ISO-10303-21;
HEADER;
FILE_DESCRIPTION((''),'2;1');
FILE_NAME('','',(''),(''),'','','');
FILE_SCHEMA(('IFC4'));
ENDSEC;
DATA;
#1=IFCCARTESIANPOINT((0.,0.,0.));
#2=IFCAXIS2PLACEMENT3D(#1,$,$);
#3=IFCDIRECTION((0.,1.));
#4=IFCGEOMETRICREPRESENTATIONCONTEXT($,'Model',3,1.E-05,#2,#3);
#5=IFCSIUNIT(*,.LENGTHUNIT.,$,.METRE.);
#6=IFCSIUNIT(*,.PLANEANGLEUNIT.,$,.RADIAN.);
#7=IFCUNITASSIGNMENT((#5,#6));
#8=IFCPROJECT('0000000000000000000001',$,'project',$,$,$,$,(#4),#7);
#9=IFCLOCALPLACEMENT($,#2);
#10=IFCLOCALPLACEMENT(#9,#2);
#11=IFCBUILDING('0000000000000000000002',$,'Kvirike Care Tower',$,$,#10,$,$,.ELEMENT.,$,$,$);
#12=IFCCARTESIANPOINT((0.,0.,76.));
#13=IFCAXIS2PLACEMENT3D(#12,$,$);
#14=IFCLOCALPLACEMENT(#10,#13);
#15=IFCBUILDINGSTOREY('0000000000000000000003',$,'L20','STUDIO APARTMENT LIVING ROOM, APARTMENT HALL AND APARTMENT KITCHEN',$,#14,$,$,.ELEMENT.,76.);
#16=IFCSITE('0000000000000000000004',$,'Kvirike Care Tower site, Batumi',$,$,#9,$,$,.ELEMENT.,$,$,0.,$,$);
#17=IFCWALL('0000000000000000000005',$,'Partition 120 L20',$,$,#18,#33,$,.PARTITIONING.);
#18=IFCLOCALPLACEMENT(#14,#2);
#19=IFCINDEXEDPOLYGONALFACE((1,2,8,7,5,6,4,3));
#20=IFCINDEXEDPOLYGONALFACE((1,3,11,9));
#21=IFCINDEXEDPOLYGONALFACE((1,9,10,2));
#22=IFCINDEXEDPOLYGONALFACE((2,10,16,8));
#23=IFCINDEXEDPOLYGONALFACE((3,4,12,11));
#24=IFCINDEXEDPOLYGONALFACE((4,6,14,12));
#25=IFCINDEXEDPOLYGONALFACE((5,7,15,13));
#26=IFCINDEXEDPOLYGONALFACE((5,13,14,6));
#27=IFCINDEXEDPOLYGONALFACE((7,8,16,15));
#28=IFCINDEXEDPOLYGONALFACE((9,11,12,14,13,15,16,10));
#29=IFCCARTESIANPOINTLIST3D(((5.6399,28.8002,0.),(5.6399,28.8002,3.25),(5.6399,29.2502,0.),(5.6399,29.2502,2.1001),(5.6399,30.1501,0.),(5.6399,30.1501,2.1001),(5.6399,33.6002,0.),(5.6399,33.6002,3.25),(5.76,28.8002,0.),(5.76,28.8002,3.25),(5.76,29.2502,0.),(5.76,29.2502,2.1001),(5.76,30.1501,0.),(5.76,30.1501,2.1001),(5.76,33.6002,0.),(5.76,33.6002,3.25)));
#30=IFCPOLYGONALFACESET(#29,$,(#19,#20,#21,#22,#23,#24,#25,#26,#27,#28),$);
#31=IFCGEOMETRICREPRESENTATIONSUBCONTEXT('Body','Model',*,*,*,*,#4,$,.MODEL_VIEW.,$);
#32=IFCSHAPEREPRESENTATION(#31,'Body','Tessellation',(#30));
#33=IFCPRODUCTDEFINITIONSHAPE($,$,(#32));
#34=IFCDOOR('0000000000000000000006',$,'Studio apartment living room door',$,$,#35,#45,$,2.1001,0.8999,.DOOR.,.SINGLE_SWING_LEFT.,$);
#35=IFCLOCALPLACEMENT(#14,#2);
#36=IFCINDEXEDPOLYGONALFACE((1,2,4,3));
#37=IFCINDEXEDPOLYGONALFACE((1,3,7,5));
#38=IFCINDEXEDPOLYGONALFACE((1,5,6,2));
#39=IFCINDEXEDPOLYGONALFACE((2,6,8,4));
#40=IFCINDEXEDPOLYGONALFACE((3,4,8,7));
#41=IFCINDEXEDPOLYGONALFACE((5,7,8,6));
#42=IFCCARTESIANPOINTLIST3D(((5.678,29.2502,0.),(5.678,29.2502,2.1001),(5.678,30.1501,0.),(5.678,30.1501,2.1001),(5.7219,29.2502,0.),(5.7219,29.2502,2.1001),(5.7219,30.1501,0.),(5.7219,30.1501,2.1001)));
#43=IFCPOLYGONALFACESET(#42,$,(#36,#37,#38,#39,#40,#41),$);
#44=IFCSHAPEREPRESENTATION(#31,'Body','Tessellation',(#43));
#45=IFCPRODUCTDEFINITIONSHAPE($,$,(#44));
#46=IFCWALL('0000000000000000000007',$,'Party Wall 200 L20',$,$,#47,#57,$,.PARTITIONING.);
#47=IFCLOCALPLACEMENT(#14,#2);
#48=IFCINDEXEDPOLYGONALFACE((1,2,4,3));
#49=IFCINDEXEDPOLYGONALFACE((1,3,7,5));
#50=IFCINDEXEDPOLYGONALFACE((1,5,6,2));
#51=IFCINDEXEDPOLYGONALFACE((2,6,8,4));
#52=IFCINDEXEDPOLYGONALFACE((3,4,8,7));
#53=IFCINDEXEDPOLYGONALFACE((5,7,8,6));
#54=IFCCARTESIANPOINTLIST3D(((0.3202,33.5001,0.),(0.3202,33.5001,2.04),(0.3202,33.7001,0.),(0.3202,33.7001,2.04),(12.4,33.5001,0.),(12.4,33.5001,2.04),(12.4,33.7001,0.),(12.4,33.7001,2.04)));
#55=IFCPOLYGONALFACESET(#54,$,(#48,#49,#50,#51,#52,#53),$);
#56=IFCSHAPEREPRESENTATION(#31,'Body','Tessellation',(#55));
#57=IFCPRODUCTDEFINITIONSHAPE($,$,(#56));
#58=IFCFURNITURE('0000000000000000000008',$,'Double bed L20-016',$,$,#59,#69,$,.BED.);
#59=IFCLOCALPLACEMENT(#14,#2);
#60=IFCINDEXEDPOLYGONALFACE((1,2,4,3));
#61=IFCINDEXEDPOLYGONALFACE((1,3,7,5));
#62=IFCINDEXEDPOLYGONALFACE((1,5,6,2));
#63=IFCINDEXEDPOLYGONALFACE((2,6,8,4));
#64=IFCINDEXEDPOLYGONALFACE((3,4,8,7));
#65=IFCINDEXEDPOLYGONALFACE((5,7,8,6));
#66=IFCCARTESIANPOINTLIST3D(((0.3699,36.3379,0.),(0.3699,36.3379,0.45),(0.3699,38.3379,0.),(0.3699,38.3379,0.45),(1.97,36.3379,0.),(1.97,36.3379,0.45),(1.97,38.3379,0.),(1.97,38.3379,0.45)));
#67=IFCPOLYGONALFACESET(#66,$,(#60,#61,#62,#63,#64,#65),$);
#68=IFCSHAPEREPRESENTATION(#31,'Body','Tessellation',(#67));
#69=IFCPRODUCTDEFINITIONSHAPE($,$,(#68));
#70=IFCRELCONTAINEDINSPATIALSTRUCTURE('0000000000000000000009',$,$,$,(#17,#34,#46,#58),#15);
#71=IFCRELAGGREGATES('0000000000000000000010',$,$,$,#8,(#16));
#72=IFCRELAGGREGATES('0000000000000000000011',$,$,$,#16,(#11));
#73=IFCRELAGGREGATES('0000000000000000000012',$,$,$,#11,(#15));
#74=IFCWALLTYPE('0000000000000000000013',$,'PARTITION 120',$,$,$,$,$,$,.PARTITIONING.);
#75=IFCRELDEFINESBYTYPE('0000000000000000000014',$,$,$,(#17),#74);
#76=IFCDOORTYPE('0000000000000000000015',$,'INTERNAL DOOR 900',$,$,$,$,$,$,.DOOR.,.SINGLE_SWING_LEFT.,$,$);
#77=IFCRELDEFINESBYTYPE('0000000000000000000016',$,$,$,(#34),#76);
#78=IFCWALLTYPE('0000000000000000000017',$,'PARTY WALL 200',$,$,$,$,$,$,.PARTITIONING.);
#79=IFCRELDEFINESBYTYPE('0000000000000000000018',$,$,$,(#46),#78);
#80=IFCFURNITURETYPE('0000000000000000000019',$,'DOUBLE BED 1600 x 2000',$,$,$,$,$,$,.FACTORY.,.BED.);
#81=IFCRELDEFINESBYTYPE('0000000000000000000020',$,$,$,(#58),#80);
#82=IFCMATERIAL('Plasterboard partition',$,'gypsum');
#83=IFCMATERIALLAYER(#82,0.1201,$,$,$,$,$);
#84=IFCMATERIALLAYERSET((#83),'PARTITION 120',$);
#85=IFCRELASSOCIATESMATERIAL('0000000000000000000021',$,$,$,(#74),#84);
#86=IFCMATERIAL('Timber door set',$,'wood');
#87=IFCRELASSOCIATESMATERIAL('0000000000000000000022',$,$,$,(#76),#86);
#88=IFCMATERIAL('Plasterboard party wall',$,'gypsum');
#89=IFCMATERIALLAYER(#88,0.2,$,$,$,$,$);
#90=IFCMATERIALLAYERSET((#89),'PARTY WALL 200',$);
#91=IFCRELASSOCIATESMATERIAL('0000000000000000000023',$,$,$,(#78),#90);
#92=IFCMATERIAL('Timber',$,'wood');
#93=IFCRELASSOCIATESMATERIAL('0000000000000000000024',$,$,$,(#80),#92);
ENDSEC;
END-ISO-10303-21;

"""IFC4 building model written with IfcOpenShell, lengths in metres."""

from ifc_helpers import new_model, si_unit, direction, frame, frame_2d, origin, origin_2d, place, context, subcontext, project, spatial, rectangle, extrude, material, layer, layer_set, type_object, element, fill, save


model = new_model("IFC4")

# Units and contexts
model_context = context("Model", 3, precision=1e-05, world=origin(), true_north=direction((0.0, 1.0)))
body_context = subcontext(model_context, "Body", "Model", "MODEL_VIEW")
ifc_project = project(units=[si_unit("LENGTHUNIT", "METRE"), si_unit("PLANEANGLEUNIT", "RADIAN")], contexts=[model_context])

# Site, building, storey
site_placement = place(None, origin())
site = spatial("IfcSite", under=ifc_project, at=site_placement, Name="Kvirike Care Tower site, Batumi", CompositionType="ELEMENT", RefElevation=0.0)
building_placement = place(site_placement, origin())
building = spatial("IfcBuilding", under=site, at=building_placement, Name="Kvirike Care Tower", CompositionType="ELEMENT")
storey_placement = place(building_placement, frame((0.0, 0.0, 76.0)))
storey = spatial("IfcBuildingStorey", under=building, at=storey_placement, Name="L20", Description="STUDIO APARTMENT LIVING ROOM, APARTMENT HALL AND APARTMENT KITCHEN", CompositionType="ELEMENT", Elevation=76.0)

# Shared definitions
ifc_material_1 = material(Name="Plasterboard partition", Category="gypsum")
ifc_layer_1 = layer(ifc_material_1, 0.1201)
ifc_layer_set_1 = layer_set([ifc_layer_1], Name="PARTITION 120")
wall_type_1 = type_object("IfcWallType", Name="PARTITION 120", PredefinedType="PARTITIONING", material=ifc_layer_set_1)

# Wall, opening, door
wall_1_placement = place(storey_placement, frame((5.7, 33.6001, 0.0), z_axis=(0.0, 0.0, 1.0), x_axis=(0.0, -1.0, 0.0)))
wall_1 = element("IfcWall", 1, at=wall_1_placement, inside=storey, type_object=wall_type_1, Name="Partition 120 L20", PredefinedType="PARTITIONING", context=body_context, shape_type="SweptSolid", body=[
    extrude(rectangle(XDim=4.8, YDim=0.1201, at=frame_2d((2.3999, 0.0))), origin(), (0.0, 0.0, 1.0), 3.25),
])
opening_placement = place(wall_1_placement, frame((3.45, 0.0, 0.0)))
opening = element("IfcOpeningElement", 2, at=opening_placement, cuts=wall_1, PredefinedType="OPENING", context=body_context, shape_type="SweptSolid", body=[
    extrude(rectangle(XDim=0.8999, YDim=2.1001, at=frame_2d((0.45, 1.05))), frame((0.0, 0.0706, 0.0), z_axis=(0.0, -1.0, 0.0), x_axis=(1.0, 0.0, 0.0)), (0.0, 0.0, 1.0), 0.1411),
])
ifc_material_2 = material(Name="Timber door set", Category="wood")
door_type = type_object("IfcDoorType", Name="INTERNAL DOOR 900", OperationType="SINGLE_SWING_LEFT", PredefinedType="DOOR", material=ifc_material_2)
door_placement = place(opening_placement, origin())
door = element("IfcDoor", 3, at=door_placement, inside=storey, type_object=door_type, Name="Studio apartment living room door", OperationType="SINGLE_SWING_LEFT", OverallHeight=2.1001, OverallWidth=0.8999, PredefinedType="DOOR", context=body_context, shape_type="SweptSolid", body=[
    extrude(rectangle(XDim=0.8999, YDim=2.1001, at=frame_2d((0.45, 1.05))), frame((0.0, 0.022, 0.0), z_axis=(0.0, -1.0, 0.0), x_axis=(1.0, 0.0, 0.0)), (0.0, 0.0, 1.0), 0.0439),
])
fill(opening, door)

# Wall
ifc_material_3 = material(Name="Plasterboard party wall", Category="gypsum")
ifc_layer_2 = layer(ifc_material_3, 0.2)
ifc_layer_set_2 = layer_set([ifc_layer_2], Name="PARTY WALL 200")
wall_type_2 = type_object("IfcWallType", Name="PARTY WALL 200", PredefinedType="PARTITIONING", material=ifc_layer_set_2)
wall_2_placement = place(storey_placement, frame((0.3201, 33.6001, 0.0), z_axis=(0.0, 0.0, 1.0), x_axis=(1.0, 0.0, 0.0)))
element("IfcWall", 4, at=wall_2_placement, inside=storey, type_object=wall_type_2, Name="Party Wall 200 L20", PredefinedType="PARTITIONING", context=body_context, shape_type="SweptSolid", body=[
    extrude(rectangle(XDim=12.0798, YDim=0.2, at=frame_2d((6.04, 0.0))), origin(), (0.0, 0.0, 1.0), 2.04),
])

# Furniture
ifc_material_4 = material(Name="Timber", Category="wood")
furniture_type = type_object("IfcFurnitureType", Name="DOUBLE BED 1600 x 2000", AssemblyPlace="FACTORY", PredefinedType="BED", material=ifc_material_4)
furniture_placement = place(storey_placement, frame((1.1699, 37.3379, 0.0), z_axis=(0.0, 0.0, 1.0), x_axis=(1.0, 0.0, 0.0)))
element("IfcFurniture", 5, at=furniture_placement, inside=storey, type_object=furniture_type, Name="Double bed L20-016", PredefinedType="BED", context=body_context, shape_type="SweptSolid", body=[
    extrude(rectangle(XDim=1.6001, YDim=2.0, at=origin_2d()), origin(), (0.0, 0.0, 1.0), 0.45),
])

save(model, "model.ifc")
